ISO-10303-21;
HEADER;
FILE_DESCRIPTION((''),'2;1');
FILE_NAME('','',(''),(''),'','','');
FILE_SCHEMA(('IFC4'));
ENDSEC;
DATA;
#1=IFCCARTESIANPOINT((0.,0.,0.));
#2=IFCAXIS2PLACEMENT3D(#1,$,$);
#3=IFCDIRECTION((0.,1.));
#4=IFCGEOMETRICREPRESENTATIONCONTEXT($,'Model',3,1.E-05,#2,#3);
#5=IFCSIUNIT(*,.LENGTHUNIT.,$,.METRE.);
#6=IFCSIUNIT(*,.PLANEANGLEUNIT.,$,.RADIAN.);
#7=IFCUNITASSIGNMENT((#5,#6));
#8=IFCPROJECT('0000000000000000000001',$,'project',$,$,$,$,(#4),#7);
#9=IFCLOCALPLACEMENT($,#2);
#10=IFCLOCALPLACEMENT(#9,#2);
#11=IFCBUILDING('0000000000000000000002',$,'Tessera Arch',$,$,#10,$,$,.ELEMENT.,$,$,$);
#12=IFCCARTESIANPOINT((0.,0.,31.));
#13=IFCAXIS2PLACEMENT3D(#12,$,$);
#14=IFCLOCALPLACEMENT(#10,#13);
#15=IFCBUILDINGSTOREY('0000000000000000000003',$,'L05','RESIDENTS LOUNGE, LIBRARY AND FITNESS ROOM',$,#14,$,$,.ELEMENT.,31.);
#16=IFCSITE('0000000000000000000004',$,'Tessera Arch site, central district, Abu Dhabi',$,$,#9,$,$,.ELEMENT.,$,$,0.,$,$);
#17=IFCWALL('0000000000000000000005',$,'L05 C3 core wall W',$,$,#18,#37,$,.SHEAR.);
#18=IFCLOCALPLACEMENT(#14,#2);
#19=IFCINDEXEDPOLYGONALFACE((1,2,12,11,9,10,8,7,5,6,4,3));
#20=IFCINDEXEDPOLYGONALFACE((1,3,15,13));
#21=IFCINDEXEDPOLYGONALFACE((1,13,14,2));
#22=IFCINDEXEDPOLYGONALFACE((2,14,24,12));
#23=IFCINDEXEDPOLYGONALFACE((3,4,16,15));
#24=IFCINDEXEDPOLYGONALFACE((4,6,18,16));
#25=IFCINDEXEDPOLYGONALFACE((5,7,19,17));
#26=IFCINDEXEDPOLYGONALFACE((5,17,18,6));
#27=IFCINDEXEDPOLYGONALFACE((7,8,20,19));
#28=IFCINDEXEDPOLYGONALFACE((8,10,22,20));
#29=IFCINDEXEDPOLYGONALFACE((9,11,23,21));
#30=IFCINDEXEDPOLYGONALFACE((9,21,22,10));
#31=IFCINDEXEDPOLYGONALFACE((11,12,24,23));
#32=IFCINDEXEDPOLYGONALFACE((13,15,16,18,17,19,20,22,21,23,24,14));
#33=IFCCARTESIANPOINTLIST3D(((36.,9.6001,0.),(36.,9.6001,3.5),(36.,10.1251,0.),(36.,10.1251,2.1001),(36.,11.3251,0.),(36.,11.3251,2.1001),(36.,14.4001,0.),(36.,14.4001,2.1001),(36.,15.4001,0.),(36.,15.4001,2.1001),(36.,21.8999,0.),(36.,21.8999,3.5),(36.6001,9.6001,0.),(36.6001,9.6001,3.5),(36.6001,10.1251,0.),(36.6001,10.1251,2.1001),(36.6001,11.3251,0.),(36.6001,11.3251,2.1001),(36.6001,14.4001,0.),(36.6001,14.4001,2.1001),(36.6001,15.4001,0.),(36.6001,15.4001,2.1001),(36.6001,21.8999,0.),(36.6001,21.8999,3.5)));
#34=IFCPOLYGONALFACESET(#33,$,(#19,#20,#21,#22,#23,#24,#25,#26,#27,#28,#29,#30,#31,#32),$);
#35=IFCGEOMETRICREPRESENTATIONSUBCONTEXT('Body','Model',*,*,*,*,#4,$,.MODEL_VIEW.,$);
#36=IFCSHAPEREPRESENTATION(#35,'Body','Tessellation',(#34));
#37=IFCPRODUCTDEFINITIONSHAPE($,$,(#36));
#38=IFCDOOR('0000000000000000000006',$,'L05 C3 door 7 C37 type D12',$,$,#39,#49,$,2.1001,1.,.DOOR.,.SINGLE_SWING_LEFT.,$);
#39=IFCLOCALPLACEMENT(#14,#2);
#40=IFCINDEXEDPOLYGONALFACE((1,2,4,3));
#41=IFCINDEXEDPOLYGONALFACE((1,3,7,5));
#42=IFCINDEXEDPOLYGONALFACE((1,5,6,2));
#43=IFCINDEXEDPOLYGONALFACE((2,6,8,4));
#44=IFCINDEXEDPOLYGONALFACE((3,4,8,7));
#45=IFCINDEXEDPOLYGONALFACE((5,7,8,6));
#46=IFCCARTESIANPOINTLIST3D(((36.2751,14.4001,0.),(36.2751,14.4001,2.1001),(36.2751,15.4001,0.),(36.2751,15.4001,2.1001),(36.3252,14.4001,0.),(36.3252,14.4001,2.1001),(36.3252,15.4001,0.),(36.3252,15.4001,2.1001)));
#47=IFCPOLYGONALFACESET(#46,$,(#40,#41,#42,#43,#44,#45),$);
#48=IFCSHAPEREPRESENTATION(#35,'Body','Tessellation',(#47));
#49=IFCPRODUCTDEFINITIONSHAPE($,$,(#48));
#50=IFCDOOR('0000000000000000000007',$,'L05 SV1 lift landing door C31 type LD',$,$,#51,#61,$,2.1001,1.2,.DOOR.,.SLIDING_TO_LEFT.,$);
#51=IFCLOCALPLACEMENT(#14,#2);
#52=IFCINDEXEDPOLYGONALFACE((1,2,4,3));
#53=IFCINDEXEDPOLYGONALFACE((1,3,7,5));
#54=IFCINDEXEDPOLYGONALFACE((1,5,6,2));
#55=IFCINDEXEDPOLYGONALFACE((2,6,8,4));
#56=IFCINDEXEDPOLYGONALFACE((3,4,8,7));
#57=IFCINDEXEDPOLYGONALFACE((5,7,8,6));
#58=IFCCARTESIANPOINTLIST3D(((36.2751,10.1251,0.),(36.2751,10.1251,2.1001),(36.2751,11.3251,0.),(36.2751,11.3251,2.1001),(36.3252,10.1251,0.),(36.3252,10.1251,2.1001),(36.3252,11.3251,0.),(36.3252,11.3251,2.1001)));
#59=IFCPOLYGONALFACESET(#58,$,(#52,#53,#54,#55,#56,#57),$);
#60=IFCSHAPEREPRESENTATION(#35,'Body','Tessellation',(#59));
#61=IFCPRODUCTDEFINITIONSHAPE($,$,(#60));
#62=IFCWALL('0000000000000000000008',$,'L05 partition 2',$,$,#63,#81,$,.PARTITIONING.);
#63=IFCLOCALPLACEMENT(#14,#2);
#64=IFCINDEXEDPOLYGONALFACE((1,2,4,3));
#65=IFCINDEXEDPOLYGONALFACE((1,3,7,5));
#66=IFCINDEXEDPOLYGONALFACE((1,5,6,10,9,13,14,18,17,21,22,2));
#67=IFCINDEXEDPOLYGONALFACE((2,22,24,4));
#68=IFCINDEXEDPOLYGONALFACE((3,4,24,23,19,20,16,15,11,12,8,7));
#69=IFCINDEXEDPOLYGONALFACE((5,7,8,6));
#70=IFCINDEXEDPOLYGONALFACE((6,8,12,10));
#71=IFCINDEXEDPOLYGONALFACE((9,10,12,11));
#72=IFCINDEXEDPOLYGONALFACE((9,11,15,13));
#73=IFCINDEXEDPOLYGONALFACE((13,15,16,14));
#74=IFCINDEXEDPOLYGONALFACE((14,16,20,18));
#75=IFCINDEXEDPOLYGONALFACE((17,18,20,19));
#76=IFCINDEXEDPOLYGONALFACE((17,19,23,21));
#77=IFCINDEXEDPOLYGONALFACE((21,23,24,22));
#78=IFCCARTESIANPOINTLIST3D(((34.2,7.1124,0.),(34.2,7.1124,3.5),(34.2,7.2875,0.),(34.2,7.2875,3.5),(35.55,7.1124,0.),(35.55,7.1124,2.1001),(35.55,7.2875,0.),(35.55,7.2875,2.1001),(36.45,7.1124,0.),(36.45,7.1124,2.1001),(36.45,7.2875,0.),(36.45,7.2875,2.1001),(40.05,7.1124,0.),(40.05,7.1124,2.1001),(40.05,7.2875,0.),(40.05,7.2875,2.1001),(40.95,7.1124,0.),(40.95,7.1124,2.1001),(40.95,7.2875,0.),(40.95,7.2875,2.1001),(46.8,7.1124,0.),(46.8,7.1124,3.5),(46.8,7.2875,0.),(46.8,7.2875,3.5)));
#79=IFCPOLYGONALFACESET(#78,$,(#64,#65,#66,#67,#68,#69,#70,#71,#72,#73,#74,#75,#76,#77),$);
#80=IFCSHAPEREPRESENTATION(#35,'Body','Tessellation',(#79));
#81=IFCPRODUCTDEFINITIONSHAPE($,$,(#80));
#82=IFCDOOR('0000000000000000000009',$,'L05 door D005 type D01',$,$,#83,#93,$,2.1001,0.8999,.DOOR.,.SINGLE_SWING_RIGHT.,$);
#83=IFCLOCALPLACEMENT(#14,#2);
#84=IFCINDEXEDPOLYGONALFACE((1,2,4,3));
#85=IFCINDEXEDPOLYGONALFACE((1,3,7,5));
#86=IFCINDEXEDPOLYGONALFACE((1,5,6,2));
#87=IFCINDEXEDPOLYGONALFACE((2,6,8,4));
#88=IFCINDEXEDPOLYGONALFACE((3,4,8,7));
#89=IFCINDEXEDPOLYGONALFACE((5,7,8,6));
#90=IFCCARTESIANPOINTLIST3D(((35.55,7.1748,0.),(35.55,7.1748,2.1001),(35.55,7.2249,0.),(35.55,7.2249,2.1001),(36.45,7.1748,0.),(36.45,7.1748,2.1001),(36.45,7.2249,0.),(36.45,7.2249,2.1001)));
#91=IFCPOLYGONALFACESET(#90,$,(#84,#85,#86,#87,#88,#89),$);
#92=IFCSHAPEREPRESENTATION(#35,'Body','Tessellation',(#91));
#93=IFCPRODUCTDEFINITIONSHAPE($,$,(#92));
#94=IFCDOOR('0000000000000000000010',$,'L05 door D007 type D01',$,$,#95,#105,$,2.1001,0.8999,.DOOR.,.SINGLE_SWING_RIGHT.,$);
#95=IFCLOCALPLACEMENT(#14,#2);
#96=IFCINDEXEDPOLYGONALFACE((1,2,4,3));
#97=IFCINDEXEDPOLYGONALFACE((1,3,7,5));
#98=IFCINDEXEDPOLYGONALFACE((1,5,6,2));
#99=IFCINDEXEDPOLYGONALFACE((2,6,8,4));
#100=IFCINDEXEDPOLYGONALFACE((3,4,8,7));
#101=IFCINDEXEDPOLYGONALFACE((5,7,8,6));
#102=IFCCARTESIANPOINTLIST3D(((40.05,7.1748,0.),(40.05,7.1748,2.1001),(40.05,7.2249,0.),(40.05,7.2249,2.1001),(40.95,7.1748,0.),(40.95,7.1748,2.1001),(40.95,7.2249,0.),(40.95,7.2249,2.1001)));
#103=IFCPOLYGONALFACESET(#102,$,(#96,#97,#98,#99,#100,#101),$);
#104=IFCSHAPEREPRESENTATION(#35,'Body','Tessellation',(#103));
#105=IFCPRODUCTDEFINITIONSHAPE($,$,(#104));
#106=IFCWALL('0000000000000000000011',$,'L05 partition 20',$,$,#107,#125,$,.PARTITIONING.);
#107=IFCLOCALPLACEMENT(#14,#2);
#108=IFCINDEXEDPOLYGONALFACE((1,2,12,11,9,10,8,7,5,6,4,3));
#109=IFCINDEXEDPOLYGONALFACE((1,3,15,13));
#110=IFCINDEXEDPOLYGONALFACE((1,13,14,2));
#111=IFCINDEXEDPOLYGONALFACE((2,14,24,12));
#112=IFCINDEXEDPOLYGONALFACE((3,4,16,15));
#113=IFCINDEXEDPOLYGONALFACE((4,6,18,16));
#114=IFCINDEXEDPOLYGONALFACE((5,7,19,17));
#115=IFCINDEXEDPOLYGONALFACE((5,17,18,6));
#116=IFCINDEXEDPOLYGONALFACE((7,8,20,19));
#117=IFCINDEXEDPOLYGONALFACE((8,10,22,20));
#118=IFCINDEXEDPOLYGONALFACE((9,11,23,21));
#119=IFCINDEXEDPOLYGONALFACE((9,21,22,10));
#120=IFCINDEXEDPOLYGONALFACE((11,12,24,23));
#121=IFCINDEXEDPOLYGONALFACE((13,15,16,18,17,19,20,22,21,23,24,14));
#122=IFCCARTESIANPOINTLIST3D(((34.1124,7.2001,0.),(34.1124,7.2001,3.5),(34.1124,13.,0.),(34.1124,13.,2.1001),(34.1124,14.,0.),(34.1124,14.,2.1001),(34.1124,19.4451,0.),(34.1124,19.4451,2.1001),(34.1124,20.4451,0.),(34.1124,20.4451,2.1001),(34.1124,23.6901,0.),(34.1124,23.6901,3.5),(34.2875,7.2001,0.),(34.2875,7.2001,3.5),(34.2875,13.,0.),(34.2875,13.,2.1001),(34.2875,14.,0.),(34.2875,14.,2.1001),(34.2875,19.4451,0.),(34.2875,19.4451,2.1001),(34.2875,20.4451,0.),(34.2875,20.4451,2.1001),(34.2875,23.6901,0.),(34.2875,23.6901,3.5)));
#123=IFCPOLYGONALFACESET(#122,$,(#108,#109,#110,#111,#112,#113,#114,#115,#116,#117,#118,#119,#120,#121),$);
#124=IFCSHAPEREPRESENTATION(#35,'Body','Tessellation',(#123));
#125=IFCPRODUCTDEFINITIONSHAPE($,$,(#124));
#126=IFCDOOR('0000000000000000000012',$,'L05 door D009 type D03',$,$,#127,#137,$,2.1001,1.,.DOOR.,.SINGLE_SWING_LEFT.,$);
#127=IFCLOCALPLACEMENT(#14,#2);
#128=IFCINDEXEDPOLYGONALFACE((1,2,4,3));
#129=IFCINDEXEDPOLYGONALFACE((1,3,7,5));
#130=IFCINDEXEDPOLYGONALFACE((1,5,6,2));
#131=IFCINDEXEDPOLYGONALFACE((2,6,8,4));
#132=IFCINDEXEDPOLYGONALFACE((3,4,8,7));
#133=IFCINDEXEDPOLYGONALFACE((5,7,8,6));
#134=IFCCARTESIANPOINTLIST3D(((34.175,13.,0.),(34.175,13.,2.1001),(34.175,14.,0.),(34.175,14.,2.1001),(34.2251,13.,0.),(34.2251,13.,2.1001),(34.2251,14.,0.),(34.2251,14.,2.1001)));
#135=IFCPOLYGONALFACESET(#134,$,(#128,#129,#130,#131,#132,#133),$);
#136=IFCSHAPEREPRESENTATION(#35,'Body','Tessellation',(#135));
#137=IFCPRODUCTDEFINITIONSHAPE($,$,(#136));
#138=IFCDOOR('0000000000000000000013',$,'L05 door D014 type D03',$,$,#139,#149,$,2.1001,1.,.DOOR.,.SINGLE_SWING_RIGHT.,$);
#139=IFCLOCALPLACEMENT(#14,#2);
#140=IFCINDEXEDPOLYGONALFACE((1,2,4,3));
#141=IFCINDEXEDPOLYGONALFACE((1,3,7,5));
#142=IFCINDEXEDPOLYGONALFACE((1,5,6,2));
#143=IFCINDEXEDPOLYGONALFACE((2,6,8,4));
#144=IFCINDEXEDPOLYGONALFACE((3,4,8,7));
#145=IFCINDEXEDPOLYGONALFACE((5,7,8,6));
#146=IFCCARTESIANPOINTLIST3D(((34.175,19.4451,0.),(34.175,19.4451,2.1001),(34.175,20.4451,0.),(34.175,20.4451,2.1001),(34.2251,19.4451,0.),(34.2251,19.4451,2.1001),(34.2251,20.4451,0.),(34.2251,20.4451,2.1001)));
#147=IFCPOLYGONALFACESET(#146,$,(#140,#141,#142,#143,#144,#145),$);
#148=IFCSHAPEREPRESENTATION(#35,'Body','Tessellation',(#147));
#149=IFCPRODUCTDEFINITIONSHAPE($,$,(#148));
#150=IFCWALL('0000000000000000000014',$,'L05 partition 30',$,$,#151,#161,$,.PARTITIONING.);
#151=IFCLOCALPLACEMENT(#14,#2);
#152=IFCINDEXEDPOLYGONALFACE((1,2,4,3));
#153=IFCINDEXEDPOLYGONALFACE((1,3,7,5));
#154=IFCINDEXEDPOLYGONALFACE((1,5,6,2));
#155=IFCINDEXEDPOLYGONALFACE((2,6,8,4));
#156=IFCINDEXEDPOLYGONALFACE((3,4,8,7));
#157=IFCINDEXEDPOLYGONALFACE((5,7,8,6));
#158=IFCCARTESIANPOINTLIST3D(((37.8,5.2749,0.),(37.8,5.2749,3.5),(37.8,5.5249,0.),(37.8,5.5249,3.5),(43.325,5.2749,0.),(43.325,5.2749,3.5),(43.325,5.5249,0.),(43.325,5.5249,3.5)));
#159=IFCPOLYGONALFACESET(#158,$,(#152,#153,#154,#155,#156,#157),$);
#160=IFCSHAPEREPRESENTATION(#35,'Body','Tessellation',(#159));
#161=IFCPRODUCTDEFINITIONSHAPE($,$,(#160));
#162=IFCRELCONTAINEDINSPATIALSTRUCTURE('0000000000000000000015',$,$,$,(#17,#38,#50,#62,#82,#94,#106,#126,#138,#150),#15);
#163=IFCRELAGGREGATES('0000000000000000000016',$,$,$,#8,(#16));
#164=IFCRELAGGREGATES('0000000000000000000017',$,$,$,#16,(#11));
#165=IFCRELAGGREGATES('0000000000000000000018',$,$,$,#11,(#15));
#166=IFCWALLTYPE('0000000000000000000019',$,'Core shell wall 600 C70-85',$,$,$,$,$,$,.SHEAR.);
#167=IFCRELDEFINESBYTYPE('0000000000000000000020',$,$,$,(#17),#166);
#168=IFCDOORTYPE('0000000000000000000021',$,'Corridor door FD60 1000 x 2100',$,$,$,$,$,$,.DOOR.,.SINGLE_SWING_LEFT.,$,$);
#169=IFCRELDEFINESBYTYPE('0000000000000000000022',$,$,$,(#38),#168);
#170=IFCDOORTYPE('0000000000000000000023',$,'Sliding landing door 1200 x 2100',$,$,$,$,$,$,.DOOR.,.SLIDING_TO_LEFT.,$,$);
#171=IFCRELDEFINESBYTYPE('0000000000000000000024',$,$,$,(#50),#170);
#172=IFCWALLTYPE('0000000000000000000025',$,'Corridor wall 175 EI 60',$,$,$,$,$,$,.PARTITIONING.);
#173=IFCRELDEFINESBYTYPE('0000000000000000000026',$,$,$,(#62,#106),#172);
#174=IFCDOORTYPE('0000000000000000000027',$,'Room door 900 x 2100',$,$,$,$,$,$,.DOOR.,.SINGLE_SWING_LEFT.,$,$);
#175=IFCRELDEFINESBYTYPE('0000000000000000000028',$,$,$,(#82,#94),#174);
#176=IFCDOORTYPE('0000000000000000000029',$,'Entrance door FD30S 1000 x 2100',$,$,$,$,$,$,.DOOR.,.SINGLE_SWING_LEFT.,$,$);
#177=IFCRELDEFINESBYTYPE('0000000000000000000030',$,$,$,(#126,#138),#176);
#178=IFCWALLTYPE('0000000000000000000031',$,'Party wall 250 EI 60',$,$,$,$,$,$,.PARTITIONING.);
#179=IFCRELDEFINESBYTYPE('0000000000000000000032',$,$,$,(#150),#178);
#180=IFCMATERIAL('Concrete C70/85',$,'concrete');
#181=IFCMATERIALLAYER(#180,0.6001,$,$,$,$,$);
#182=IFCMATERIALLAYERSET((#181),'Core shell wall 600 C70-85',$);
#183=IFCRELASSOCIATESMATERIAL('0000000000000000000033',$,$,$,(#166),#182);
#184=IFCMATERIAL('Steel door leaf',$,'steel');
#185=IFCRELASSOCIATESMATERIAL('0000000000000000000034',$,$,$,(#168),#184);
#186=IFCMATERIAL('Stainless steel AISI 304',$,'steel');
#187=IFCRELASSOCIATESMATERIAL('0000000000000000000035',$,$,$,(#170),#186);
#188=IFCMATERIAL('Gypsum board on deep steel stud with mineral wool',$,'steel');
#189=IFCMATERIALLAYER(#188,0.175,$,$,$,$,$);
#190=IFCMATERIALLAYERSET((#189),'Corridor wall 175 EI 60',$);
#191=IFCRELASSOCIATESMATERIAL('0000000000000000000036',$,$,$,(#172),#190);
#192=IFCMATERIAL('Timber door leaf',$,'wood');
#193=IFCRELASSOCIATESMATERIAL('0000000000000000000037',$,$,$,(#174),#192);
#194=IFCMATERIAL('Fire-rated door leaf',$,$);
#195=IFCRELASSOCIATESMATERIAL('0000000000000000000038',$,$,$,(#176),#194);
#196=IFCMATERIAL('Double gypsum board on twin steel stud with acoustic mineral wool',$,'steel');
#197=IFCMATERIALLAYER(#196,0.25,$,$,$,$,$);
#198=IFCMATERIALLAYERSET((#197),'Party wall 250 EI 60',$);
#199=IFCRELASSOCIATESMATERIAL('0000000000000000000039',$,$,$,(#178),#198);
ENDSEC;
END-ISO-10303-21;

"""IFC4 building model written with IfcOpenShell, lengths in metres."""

from ifc_helpers import new_model, si_unit, direction, frame, frame_2d, origin, place, context, subcontext, project, spatial, rectangle, extrude, material, layer, layer_set, type_object, element, fill, save


model = new_model("IFC4")

# Units and contexts
model_context = context("Model", 3, precision=1e-05, world=origin(), true_north=direction((0.0, 1.0)))
body_context = subcontext(model_context, "Body", "Model", "MODEL_VIEW")
ifc_project = project(units=[si_unit("LENGTHUNIT", "METRE"), si_unit("PLANEANGLEUNIT", "RADIAN")], contexts=[model_context])

# Site, building, storey
site_placement = place(None, origin())
site = spatial("IfcSite", under=ifc_project, at=site_placement, Name="Tessera Arch site, central district, Abu Dhabi", CompositionType="ELEMENT", RefElevation=0.0)
building_placement = place(site_placement, origin())
building = spatial("IfcBuilding", under=site, at=building_placement, Name="Tessera Arch", CompositionType="ELEMENT")
storey_placement = place(building_placement, frame((0.0, 0.0, 31.0)))
storey = spatial("IfcBuildingStorey", under=building, at=storey_placement, Name="L05", Description="RESIDENTS LOUNGE, LIBRARY AND FITNESS ROOM", CompositionType="ELEMENT", Elevation=31.0)

# Shared definitions
ifc_material_1 = material(Name="Concrete C70/85", Category="concrete")
ifc_layer_1 = layer(ifc_material_1, 0.6001)
ifc_layer_set_1 = layer_set([ifc_layer_1], Name="Core shell wall 600 C70-85")
wall_type_1 = type_object("IfcWallType", Name="Core shell wall 600 C70-85", PredefinedType="SHEAR", material=ifc_layer_set_1)

# Walls, openings, doors
wall_1_placement = place(storey_placement, frame((36.3, 9.6001, 0.0), z_axis=(0.0, 0.0, 1.0), x_axis=(0.0, 1.0, 0.0)))
wall_1 = element("IfcWall", 1, at=wall_1_placement, inside=storey, type_object=wall_type_1, Name="L05 C3 core wall W", PredefinedType="SHEAR", context=body_context, shape_type="SweptSolid", body=[
    extrude(rectangle(XDim=12.2998, YDim=0.6001, at=frame_2d((6.1499, 0.0))), origin(), (0.0, 0.0, 1.0), 3.5),
])
opening_1_placement = place(wall_1_placement, frame((0.5249, 0.0, 0.0)))
opening_1 = element("IfcOpeningElement", 2, at=opening_1_placement, cuts=wall_1, PredefinedType="OPENING", context=body_context, shape_type="SweptSolid", body=[
    extrude(rectangle(XDim=1.2, YDim=2.1001, at=frame_2d((0.6001, 1.05))), frame((0.0, 0.3101, 0.0), z_axis=(0.0, -1.0, 0.0), x_axis=(1.0, 0.0, 0.0)), (0.0, 0.0, 1.0), 0.6201),
])
opening_2_placement = place(wall_1_placement, frame((4.8, 0.0, 0.0)))
opening_2 = element("IfcOpeningElement", 3, at=opening_2_placement, cuts=wall_1, PredefinedType="OPENING", context=body_context, shape_type="SweptSolid", body=[
    extrude(rectangle(XDim=1.0, YDim=2.1001, at=frame_2d((0.5, 1.05))), frame((0.0, 0.3101, 0.0), z_axis=(0.0, -1.0, 0.0), x_axis=(1.0, 0.0, 0.0)), (0.0, 0.0, 1.0), 0.6201),
])
ifc_material_2 = material(Name="Steel door leaf", Category="steel")
door_type_1 = type_object("IfcDoorType", Name="Corridor door FD60 1000 x 2100", OperationType="SINGLE_SWING_LEFT", PredefinedType="DOOR", material=ifc_material_2)
door_1_placement = place(opening_2_placement, origin())
door_1 = element("IfcDoor", 4, at=door_1_placement, inside=storey, type_object=door_type_1, Name="L05 C3 door 7 C37 type D12", OperationType="SINGLE_SWING_LEFT", OverallHeight=2.1001, OverallWidth=1.0, PredefinedType="DOOR", context=body_context, shape_type="SweptSolid", body=[
    extrude(rectangle(XDim=1.0, YDim=2.1001, at=frame_2d((0.5, 1.05))), frame((0.0, 0.0249, 0.0), z_axis=(0.0, -1.0, 0.0), x_axis=(1.0, 0.0, 0.0)), (0.0, 0.0, 1.0), 0.05),
])
fill(opening_2, door_1)
ifc_material_3 = material(Name="Stainless steel AISI 304", Category="steel")
door_type_2 = type_object("IfcDoorType", Name="Sliding landing door 1200 x 2100", OperationType="SLIDING_TO_LEFT", PredefinedType="DOOR", material=ifc_material_3)
door_2_placement = place(opening_1_placement, origin())
door_2 = element("IfcDoor", 5, at=door_2_placement, inside=storey, type_object=door_type_2, Name="L05 SV1 lift landing door C31 type LD", OperationType="SLIDING_TO_LEFT", OverallHeight=2.1001, OverallWidth=1.2, PredefinedType="DOOR", context=body_context, shape_type="SweptSolid", body=[
    extrude(rectangle(XDim=1.2, YDim=2.1001, at=frame_2d((0.6001, 1.05))), frame((0.0, 0.0249, 0.0), z_axis=(0.0, -1.0, 0.0), x_axis=(1.0, 0.0, 0.0)), (0.0, 0.0, 1.0), 0.05),
])
fill(opening_1, door_2)
ifc_material_4 = material(Name="Gypsum board on deep steel stud with mineral wool", Category="steel")
ifc_layer_2 = layer(ifc_material_4, 0.175)
ifc_layer_set_2 = layer_set([ifc_layer_2], Name="Corridor wall 175 EI 60")
wall_type_2 = type_object("IfcWallType", Name="Corridor wall 175 EI 60", PredefinedType="PARTITIONING", material=ifc_layer_set_2)
wall_2_placement = place(storey_placement, frame((34.2, 7.2, 0.0), z_axis=(0.0, 0.0, 1.0), x_axis=(1.0, 0.0, 0.0)))
wall_2 = element("IfcWall", 6, at=wall_2_placement, inside=storey, type_object=wall_type_2, Name="L05 partition 2", PredefinedType="PARTITIONING", context=body_context, shape_type="SweptSolid", body=[
    extrude(rectangle(XDim=12.6001, YDim=0.175, at=frame_2d((6.3, 0.0))), origin(), (0.0, 0.0, 1.0), 3.5),
])
opening_3_placement = place(wall_2_placement, frame((1.3501, 0.0, 0.0)))
opening_3 = element("IfcOpeningElement", 7, at=opening_3_placement, cuts=wall_2, PredefinedType="OPENING", context=body_context, shape_type="SweptSolid", body=[
    extrude(rectangle(XDim=0.8999, YDim=2.1001, at=frame_2d((0.45, 1.05))), frame((0.0, 0.0974, 0.0), z_axis=(0.0, -1.0, 0.0), x_axis=(1.0, 0.0, 0.0)), (0.0, 0.0, 1.0), 0.1951),
])
opening_4_placement = place(wall_2_placement, frame((5.8501, 0.0, 0.0)))
opening_4 = element("IfcOpeningElement", 8, at=opening_4_placement, cuts=wall_2, PredefinedType="OPENING", context=body_context, shape_type="SweptSolid", body=[
    extrude(rectangle(XDim=0.8999, YDim=2.1001, at=frame_2d((0.45, 1.05))), frame((0.0, 0.0974, 0.0), z_axis=(0.0, -1.0, 0.0), x_axis=(1.0, 0.0, 0.0)), (0.0, 0.0, 1.0), 0.1951),
])
ifc_material_5 = material(Name="Timber door leaf", Category="wood")
door_type_3 = type_object("IfcDoorType", Name="Room door 900 x 2100", OperationType="SINGLE_SWING_LEFT", PredefinedType="DOOR", material=ifc_material_5)
door_3_placement = place(opening_3_placement, origin())
door_3 = element("IfcDoor", 9, at=door_3_placement, inside=storey, type_object=door_type_3, Name="L05 door D005 type D01", OperationType="SINGLE_SWING_RIGHT", OverallHeight=2.1001, OverallWidth=0.8999, PredefinedType="DOOR", context=body_context, shape_type="SweptSolid", body=[
    extrude(rectangle(XDim=0.8999, YDim=2.1001, at=frame_2d((0.45, 1.05))), frame((0.0, 0.0249, 0.0), z_axis=(0.0, -1.0, 0.0), x_axis=(1.0, 0.0, 0.0)), (0.0, 0.0, 1.0), 0.05),
])
fill(opening_3, door_3)
door_4_placement = place(opening_4_placement, origin())
door_4 = element("IfcDoor", 10, at=door_4_placement, inside=storey, type_object=door_type_3, Name="L05 door D007 type D01", OperationType="SINGLE_SWING_RIGHT", OverallHeight=2.1001, OverallWidth=0.8999, PredefinedType="DOOR", context=body_context, shape_type="SweptSolid", body=[
    extrude(rectangle(XDim=0.8999, YDim=2.1001, at=frame_2d((0.45, 1.05))), frame((0.0, 0.0249, 0.0), z_axis=(0.0, -1.0, 0.0), x_axis=(1.0, 0.0, 0.0)), (0.0, 0.0, 1.0), 0.05),
])
fill(opening_4, door_4)
wall_3_placement = place(storey_placement, frame((34.2, 7.2, 0.0), z_axis=(0.0, 0.0, 1.0), x_axis=(0.0, 1.0, 0.0)))
wall_3 = element("IfcWall", 11, at=wall_3_placement, inside=storey, type_object=wall_type_2, Name="L05 partition 20", PredefinedType="PARTITIONING", context=body_context, shape_type="SweptSolid", body=[
    extrude(rectangle(XDim=16.49, YDim=0.175, at=frame_2d((8.2451, 0.0))), origin(), (0.0, 0.0, 1.0), 3.5),
])
opening_5_placement = place(wall_3_placement, frame((5.8, 0.0, 0.0)))
opening_5 = element("IfcOpeningElement", 12, at=opening_5_placement, cuts=wall_3, PredefinedType="OPENING", context=body_context, shape_type="SweptSolid", body=[
    extrude(rectangle(XDim=1.0, YDim=2.1001, at=frame_2d((0.5, 1.05))), frame((0.0, 0.0974, 0.0), z_axis=(0.0, -1.0, 0.0), x_axis=(1.0, 0.0, 0.0)), (0.0, 0.0, 1.0), 0.1951),
])
opening_6_placement = place(wall_3_placement, frame((12.2451, 0.0, 0.0)))
opening_6 = element("IfcOpeningElement", 13, at=opening_6_placement, cuts=wall_3, PredefinedType="OPENING", context=body_context, shape_type="SweptSolid", body=[
    extrude(rectangle(XDim=1.0, YDim=2.1001, at=frame_2d((0.5, 1.05))), frame((0.0, 0.0974, 0.0), z_axis=(0.0, -1.0, 0.0), x_axis=(1.0, 0.0, 0.0)), (0.0, 0.0, 1.0), 0.1951),
])
ifc_material_6 = material(Name="Fire-rated door leaf")
door_type_4 = type_object("IfcDoorType", Name="Entrance door FD30S 1000 x 2100", OperationType="SINGLE_SWING_LEFT", PredefinedType="DOOR", material=ifc_material_6)
door_5_placement = place(opening_5_placement, origin())
door_5 = element("IfcDoor", 14, at=door_5_placement, inside=storey, type_object=door_type_4, Name="L05 door D009 type D03", OperationType="SINGLE_SWING_LEFT", OverallHeight=2.1001, OverallWidth=1.0, PredefinedType="DOOR", context=body_context, shape_type="SweptSolid", body=[
    extrude(rectangle(XDim=1.0, YDim=2.1001, at=frame_2d((0.5, 1.05))), frame((0.0, 0.0249, 0.0), z_axis=(0.0, -1.0, 0.0), x_axis=(1.0, 0.0, 0.0)), (0.0, 0.0, 1.0), 0.05),
])
fill(opening_5, door_5)
door_6_placement = place(opening_6_placement, origin())
door_6 = element("IfcDoor", 15, at=door_6_placement, inside=storey, type_object=door_type_4, Name="L05 door D014 type D03", OperationType="SINGLE_SWING_RIGHT", OverallHeight=2.1001, OverallWidth=1.0, PredefinedType="DOOR", context=body_context, shape_type="SweptSolid", body=[
    extrude(rectangle(XDim=1.0, YDim=2.1001, at=frame_2d((0.5, 1.05))), frame((0.0, 0.0249, 0.0), z_axis=(0.0, -1.0, 0.0), x_axis=(1.0, 0.0, 0.0)), (0.0, 0.0, 1.0), 0.05),
])
fill(opening_6, door_6)

# Wall
ifc_material_7 = material(Name="Double gypsum board on twin steel stud with acoustic mineral wool", Category="steel")
ifc_layer_3 = layer(ifc_material_7, 0.25)
ifc_layer_set_3 = layer_set([ifc_layer_3], Name="Party wall 250 EI 60")
wall_type_3 = type_object("IfcWallType", Name="Party wall 250 EI 60", PredefinedType="PARTITIONING", material=ifc_layer_set_3)
wall_4_placement = place(storey_placement, frame((37.8, 5.3999, 0.0), z_axis=(0.0, 0.0, 1.0), x_axis=(1.0, 0.0, 0.0)))
element("IfcWall", 16, at=wall_4_placement, inside=storey, type_object=wall_type_3, Name="L05 partition 30", PredefinedType="PARTITIONING", context=body_context, shape_type="SweptSolid", body=[
    extrude(rectangle(XDim=5.5249, YDim=0.25, at=frame_2d((2.7625, 0.0))), origin(), (0.0, 0.0, 1.0), 3.5),
])

save(model, "model.ifc")
